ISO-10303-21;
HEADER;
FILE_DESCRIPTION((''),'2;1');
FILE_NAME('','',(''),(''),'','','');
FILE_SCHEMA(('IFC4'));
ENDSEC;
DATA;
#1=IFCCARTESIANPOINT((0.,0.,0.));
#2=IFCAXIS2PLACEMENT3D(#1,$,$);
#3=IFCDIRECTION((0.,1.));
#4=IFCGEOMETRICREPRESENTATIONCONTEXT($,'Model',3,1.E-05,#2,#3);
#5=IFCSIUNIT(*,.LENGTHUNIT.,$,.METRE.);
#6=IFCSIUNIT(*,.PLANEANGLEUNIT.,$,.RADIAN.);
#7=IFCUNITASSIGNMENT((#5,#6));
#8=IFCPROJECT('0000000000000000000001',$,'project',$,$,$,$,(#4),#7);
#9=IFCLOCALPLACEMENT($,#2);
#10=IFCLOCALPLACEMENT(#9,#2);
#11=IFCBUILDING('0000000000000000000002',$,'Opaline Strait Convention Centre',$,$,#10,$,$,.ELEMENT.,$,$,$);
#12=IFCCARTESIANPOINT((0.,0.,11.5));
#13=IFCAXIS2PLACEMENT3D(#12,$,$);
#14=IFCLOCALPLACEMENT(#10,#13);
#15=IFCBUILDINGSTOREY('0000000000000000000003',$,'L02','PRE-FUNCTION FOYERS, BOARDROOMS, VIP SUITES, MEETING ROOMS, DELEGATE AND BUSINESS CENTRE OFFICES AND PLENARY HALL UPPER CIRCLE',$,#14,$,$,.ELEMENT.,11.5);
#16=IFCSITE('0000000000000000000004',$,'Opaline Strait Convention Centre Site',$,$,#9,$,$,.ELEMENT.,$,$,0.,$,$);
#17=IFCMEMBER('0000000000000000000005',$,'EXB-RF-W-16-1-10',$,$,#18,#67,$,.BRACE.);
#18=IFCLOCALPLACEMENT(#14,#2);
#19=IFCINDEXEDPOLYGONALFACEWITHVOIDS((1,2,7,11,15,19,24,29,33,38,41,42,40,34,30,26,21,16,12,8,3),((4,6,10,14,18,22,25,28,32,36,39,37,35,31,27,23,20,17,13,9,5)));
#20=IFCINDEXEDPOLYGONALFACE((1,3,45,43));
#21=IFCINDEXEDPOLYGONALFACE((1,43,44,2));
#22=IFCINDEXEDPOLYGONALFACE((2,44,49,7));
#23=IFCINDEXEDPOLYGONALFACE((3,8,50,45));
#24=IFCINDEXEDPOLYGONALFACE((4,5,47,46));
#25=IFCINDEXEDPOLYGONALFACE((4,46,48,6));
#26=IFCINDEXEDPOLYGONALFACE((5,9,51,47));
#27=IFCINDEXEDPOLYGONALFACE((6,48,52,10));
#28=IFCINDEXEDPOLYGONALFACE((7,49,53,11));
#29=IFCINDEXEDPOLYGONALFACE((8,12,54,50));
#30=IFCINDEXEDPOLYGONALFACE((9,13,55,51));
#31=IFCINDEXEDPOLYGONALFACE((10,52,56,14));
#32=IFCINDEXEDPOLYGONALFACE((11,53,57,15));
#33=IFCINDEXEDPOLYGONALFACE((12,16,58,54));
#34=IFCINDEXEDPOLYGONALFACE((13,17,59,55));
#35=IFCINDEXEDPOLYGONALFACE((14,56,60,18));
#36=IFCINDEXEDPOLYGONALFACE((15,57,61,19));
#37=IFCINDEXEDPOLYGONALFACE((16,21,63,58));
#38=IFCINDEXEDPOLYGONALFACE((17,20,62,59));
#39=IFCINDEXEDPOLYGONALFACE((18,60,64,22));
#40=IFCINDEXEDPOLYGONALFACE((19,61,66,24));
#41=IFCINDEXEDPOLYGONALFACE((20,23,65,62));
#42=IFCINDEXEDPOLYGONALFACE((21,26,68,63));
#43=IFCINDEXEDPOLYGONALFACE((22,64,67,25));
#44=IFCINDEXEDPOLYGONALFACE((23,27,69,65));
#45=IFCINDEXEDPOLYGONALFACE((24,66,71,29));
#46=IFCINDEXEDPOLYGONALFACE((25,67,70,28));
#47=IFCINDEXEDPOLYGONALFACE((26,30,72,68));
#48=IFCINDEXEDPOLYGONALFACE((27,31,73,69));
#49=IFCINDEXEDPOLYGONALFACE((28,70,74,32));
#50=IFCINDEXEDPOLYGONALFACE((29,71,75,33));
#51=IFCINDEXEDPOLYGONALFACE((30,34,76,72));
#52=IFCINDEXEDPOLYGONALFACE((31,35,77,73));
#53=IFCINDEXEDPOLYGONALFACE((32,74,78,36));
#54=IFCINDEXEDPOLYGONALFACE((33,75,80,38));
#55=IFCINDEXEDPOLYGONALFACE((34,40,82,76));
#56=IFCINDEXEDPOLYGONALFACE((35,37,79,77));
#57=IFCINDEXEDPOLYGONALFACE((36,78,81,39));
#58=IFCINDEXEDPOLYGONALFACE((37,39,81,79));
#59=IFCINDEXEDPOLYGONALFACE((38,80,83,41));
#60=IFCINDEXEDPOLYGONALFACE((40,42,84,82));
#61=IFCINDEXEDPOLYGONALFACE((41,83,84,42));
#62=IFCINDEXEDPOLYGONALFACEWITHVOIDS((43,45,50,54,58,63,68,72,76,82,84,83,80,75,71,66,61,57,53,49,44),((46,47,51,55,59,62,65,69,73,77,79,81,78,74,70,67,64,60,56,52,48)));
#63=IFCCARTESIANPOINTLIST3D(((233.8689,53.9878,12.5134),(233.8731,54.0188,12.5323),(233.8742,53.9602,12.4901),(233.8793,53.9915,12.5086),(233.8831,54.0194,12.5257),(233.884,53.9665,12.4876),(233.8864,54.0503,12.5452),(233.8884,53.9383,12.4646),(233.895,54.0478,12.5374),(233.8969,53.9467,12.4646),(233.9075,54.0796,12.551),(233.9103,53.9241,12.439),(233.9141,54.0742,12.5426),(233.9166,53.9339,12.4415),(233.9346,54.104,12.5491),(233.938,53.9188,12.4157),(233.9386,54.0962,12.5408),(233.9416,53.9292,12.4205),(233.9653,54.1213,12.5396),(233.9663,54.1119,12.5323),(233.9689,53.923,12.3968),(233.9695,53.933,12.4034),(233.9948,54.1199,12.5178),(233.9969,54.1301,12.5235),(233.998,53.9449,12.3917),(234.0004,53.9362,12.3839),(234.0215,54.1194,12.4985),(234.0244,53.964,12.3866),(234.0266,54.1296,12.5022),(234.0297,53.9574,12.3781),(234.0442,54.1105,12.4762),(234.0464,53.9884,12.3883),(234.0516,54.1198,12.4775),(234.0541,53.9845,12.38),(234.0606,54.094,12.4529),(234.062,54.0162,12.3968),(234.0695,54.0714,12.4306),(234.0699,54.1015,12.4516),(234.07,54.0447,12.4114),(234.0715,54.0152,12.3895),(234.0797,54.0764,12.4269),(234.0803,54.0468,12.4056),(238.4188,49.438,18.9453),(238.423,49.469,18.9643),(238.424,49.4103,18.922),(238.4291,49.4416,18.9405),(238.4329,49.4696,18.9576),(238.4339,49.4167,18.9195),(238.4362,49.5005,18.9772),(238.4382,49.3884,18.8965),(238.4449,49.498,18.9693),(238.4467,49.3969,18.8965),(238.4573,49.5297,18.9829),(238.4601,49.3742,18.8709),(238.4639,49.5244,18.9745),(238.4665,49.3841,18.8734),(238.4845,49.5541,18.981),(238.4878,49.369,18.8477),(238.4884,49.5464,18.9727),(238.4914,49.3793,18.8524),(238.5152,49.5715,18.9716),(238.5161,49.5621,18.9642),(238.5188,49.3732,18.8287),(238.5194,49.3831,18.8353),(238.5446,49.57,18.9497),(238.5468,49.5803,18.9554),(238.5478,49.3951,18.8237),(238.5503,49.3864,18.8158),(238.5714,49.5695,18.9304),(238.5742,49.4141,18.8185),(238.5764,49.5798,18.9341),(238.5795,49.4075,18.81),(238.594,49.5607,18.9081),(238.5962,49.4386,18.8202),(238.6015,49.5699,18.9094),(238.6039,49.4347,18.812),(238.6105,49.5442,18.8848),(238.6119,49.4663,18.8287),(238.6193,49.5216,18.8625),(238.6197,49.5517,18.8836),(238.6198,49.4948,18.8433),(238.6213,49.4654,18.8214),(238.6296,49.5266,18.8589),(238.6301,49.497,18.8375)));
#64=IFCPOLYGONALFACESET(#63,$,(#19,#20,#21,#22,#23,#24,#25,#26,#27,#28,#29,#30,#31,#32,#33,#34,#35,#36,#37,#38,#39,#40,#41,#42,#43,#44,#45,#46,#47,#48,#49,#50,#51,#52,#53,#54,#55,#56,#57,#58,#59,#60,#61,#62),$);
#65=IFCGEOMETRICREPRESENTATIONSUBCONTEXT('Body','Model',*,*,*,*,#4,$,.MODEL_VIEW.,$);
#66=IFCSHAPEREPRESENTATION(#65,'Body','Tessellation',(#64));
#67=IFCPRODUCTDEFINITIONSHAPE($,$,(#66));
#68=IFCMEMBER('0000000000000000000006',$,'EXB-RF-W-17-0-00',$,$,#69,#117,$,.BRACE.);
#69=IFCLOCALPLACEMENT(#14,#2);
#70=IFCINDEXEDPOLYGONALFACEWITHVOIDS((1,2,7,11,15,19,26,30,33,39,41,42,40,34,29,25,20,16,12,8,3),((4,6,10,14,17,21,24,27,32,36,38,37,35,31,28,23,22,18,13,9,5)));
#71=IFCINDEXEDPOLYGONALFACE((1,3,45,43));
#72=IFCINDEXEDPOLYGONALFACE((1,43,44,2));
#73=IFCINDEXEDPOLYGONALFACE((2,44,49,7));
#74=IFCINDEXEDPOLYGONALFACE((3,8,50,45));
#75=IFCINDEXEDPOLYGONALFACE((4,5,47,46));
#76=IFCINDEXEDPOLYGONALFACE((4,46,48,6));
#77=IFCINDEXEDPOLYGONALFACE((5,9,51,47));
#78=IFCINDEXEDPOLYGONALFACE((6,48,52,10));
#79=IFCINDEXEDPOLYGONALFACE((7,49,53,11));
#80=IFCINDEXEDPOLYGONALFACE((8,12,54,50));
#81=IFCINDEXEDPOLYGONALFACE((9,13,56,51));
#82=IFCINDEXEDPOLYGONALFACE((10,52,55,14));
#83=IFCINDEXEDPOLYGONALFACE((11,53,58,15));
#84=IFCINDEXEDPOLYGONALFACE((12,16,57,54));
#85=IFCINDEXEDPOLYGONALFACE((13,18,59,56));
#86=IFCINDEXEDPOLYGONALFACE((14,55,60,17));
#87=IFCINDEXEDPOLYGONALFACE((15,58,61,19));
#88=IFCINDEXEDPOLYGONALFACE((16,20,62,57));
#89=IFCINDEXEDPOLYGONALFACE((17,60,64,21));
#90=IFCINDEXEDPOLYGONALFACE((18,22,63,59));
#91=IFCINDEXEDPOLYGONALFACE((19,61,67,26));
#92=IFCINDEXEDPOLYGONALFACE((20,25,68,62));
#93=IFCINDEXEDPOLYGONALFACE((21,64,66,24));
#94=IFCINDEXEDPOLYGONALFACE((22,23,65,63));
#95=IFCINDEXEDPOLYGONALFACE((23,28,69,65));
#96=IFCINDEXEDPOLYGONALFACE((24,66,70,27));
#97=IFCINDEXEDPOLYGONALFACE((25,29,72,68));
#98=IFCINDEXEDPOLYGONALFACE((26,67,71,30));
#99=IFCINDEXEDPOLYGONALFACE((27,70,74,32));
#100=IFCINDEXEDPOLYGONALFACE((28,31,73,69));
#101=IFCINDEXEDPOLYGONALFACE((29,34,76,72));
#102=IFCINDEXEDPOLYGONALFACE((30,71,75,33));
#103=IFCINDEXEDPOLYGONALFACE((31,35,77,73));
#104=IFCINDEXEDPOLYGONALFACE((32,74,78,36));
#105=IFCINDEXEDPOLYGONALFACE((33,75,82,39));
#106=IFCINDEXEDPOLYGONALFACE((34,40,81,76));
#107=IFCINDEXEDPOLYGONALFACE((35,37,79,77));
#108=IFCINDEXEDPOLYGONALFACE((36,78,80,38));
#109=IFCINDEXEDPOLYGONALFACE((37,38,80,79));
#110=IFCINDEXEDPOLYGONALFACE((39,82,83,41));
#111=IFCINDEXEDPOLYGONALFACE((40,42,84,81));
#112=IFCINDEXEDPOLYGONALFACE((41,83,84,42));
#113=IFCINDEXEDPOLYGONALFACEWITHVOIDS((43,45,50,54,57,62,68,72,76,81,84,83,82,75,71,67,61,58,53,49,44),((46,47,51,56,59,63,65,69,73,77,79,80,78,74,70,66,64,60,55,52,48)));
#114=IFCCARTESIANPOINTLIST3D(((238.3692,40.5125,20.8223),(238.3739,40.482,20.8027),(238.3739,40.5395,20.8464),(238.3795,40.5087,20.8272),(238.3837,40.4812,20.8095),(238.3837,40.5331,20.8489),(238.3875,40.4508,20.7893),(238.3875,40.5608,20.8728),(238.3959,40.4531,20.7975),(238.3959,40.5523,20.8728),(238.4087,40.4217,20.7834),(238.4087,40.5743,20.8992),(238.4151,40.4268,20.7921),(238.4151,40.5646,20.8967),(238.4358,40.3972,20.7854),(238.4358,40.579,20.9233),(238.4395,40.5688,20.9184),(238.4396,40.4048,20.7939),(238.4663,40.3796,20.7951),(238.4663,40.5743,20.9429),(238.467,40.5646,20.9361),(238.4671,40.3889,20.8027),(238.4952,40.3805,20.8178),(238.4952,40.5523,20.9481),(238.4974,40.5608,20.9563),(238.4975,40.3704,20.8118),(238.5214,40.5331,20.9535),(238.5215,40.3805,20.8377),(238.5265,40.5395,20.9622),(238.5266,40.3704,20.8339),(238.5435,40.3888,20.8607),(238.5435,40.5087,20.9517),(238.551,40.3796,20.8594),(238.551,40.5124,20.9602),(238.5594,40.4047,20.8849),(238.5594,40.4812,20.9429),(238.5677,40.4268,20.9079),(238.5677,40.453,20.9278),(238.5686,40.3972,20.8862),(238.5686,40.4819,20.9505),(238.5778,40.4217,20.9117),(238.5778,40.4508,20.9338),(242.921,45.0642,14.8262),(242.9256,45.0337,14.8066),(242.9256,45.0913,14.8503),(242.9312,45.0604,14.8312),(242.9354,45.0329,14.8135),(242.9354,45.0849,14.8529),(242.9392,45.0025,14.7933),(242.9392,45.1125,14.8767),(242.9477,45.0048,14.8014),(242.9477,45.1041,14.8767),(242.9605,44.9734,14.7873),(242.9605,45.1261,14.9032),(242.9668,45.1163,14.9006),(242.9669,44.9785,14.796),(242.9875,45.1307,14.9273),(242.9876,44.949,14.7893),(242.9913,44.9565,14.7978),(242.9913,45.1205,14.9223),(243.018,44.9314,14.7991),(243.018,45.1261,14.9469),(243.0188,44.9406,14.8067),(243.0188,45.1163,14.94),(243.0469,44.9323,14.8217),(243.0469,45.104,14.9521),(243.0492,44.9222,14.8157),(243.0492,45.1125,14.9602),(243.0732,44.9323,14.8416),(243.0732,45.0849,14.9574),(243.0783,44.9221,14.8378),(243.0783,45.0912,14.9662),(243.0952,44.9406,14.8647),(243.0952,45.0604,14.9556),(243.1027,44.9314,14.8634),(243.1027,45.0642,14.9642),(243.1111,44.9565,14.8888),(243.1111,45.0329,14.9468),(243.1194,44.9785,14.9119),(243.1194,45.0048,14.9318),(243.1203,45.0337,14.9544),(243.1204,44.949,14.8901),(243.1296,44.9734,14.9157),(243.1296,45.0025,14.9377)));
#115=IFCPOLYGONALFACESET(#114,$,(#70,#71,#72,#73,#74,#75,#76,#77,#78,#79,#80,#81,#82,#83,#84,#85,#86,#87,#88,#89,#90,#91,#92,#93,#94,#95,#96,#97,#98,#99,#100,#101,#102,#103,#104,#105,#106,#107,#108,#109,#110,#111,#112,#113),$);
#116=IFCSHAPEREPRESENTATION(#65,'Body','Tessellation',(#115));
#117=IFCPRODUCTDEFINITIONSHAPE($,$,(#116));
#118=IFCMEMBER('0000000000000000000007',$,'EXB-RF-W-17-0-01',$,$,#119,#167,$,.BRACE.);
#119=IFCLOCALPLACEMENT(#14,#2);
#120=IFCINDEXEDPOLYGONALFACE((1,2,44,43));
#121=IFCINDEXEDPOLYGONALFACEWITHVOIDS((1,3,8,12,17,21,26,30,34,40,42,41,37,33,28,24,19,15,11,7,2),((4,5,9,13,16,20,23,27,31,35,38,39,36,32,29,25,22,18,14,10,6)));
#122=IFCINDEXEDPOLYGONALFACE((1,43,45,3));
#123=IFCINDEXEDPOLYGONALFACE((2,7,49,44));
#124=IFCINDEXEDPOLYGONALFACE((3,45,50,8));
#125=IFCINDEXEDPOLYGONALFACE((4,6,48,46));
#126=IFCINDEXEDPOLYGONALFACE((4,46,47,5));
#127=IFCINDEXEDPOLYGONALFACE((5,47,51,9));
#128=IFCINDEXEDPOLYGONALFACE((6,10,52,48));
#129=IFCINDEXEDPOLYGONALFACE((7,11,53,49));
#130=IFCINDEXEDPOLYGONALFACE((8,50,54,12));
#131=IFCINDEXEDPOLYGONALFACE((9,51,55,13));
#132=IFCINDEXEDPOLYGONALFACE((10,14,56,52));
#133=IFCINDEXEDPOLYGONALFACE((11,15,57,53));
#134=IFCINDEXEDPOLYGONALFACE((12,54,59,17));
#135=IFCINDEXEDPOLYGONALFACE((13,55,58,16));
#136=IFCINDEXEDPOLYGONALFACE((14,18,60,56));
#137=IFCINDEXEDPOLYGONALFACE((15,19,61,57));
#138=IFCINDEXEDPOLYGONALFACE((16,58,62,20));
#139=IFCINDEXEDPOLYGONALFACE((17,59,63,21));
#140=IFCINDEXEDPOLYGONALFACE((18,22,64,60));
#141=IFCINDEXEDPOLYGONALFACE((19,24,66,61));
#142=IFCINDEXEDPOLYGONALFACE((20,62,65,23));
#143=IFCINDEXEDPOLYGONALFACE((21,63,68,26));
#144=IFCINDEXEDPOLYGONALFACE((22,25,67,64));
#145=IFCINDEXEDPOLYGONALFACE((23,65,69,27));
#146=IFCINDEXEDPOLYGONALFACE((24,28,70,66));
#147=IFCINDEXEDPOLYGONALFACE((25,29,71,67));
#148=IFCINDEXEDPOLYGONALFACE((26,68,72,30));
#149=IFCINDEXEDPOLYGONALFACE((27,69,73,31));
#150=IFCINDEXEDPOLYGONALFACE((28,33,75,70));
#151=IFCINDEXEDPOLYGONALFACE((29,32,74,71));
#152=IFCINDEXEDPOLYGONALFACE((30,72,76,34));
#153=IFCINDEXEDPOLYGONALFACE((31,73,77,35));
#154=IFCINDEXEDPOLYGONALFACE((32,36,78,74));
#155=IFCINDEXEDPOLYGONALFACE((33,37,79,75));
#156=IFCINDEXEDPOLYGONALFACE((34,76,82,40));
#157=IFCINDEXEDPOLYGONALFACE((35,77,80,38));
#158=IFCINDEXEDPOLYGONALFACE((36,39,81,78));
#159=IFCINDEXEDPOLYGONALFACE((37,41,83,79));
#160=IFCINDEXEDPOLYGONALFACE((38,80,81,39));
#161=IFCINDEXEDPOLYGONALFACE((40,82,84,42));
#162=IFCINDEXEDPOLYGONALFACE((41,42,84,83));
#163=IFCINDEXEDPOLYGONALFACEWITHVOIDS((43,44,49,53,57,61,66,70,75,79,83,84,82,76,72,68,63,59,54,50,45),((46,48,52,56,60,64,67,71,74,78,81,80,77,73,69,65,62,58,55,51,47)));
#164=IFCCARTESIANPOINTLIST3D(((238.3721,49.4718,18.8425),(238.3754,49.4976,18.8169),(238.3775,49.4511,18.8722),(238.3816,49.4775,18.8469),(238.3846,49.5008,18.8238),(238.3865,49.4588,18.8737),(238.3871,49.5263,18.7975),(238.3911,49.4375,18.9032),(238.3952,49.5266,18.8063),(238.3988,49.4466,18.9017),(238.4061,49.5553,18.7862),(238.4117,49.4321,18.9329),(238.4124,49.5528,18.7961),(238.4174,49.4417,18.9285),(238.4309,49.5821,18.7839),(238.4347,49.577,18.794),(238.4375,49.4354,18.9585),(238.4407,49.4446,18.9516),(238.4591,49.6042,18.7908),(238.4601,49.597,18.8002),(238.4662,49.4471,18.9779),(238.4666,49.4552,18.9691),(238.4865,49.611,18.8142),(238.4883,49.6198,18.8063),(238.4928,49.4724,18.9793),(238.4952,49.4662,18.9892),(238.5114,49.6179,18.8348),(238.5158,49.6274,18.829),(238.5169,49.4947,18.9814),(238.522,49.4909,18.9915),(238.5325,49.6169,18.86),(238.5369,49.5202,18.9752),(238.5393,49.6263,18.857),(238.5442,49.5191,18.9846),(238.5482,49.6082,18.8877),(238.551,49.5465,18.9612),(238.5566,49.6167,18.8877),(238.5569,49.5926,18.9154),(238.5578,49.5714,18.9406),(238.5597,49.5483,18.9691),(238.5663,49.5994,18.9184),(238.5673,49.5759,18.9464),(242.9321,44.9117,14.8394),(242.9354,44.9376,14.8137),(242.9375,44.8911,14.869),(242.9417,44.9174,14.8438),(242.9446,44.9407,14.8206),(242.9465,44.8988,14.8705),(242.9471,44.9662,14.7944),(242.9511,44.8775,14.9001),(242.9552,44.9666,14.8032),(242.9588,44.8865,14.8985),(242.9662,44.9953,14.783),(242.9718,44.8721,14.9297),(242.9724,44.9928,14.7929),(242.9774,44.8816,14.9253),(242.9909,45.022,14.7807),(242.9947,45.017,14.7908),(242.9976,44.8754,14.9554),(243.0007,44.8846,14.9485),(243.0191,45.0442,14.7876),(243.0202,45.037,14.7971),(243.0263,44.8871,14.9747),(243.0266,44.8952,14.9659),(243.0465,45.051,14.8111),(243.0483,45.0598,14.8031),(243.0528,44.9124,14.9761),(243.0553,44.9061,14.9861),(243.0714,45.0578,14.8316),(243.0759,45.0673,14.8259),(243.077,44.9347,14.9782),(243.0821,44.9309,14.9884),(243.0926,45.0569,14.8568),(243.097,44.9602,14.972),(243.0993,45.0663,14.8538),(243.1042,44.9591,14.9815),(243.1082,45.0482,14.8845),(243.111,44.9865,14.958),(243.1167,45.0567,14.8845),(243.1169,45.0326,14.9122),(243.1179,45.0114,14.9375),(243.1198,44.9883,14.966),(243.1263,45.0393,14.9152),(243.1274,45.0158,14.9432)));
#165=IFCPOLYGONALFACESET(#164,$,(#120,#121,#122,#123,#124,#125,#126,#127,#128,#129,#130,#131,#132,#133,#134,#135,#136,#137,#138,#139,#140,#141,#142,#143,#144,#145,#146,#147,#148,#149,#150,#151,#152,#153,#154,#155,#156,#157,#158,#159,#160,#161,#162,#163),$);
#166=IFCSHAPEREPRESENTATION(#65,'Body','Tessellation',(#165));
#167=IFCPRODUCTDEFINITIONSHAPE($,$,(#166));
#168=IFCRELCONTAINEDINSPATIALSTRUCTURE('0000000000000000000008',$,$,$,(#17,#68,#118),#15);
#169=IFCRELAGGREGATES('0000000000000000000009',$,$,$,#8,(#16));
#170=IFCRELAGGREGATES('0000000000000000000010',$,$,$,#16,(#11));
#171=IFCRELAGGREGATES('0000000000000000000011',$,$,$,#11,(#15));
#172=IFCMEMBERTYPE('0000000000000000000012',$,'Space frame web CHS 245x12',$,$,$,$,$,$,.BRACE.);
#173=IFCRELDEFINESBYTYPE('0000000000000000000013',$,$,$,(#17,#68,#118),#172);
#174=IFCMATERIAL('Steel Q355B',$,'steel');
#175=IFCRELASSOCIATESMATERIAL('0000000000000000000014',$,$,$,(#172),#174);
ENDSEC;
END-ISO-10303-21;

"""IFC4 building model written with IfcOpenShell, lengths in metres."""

from ifc_helpers import new_model, si_unit, direction, frame, origin, origin_2d, place, context, subcontext, project, spatial, hollow_circle, extrude, material, material_profile, profile_set, type_object, element, save


model = new_model("IFC4")

# Units and contexts
model_context = context("Model", 3, precision=1e-05, world=origin(), true_north=direction((0.0, 1.0)))
body_context = subcontext(model_context, "Body", "Model", "MODEL_VIEW")
ifc_project = project(units=[si_unit("LENGTHUNIT", "METRE"), si_unit("PLANEANGLEUNIT", "RADIAN")], contexts=[model_context])

# Site, building, storey
site_placement = place(None, origin())
site = spatial("IfcSite", under=ifc_project, at=site_placement, Name="Opaline Strait Convention Centre Site", CompositionType="ELEMENT", RefElevation=0.0)
building_placement = place(site_placement, origin())
building = spatial("IfcBuilding", under=site, at=building_placement, Name="Opaline Strait Convention Centre", CompositionType="ELEMENT")
storey_placement = place(building_placement, frame((0.0, 0.0, 11.5)))
storey = spatial("IfcBuildingStorey", under=building, at=storey_placement, Name="L02", Description="PRE-FUNCTION FOYERS, BOARDROOMS, VIP SUITES, MEETING ROOMS, DELEGATE AND BUSINESS CENTRE OFFICES AND PLENARY HALL UPPER CIRCLE", CompositionType="ELEMENT", Elevation=11.5)

# Members
ifc_material_1 = material(Name="Steel Q355B", Category="steel")
ifc_material_profile_1 = material_profile(ifc_material_1, hollow_circle(Radius=0.1226, WallThickness=0.012, at=origin_2d()), Name="CHS 245x12")
ifc_profile_set_1 = profile_set([ifc_material_profile_1], Name="Steel Q355B")
member_type_1 = type_object("IfcMemberType", Name="Space frame web CHS 245x12", PredefinedType="BRACE", material=ifc_profile_set_1)
member_1_placement = place(storey_placement, frame((238.5249, 49.4751, 18.8965), z_axis=(-0.500098, 0.500098, -0.706969), x_axis=(-0.707107, -0.707107, 0.0)))
element("IfcMember", 1, at=member_1_placement, inside=storey, type_object=member_type_1, Name="EXB-RF-W-16-1-10", PredefinedType="BRACE", context=body_context, shape_type="SweptSolid", body=[
    extrude(hollow_circle(Radius=0.1226, WallThickness=0.012, at=origin_2d()), origin(), (0.0, 0.0, 1.0), 9.0979),
])
member_2_placement = place(storey_placement, frame((238.4741, 40.4741, 20.8728), z_axis=(0.517412, 0.517412, -0.681594), x_axis=(-0.707107, 0.707107, 0.0)))
element("IfcMember", 2, at=member_2_placement, inside=storey, type_object=member_type_1, Name="EXB-RF-W-17-0-00", PredefinedType="BRACE", context=body_context, shape_type="SweptSolid", body=[
    extrude(hollow_circle(Radius=0.1226, WallThickness=0.012, at=origin_2d()), origin(), (0.0, 0.0, 1.0), 8.7971),
])
member_3_placement = place(storey_placement, frame((238.47, 49.53, 18.8877), z_axis=(0.600769, -0.600769, -0.527402), x_axis=(0.707107, 0.707107, 0.0)))
element("IfcMember", 3, at=member_3_placement, inside=storey, type_object=member_type_1, Name="EXB-RF-W-17-0-01", PredefinedType="BRACE", context=body_context, shape_type="SweptSolid", body=[
    extrude(hollow_circle(Radius=0.1226, WallThickness=0.012, at=origin_2d()), origin(), (0.0, 0.0, 1.0), 7.5903),
])

save(model, "model.ifc")
